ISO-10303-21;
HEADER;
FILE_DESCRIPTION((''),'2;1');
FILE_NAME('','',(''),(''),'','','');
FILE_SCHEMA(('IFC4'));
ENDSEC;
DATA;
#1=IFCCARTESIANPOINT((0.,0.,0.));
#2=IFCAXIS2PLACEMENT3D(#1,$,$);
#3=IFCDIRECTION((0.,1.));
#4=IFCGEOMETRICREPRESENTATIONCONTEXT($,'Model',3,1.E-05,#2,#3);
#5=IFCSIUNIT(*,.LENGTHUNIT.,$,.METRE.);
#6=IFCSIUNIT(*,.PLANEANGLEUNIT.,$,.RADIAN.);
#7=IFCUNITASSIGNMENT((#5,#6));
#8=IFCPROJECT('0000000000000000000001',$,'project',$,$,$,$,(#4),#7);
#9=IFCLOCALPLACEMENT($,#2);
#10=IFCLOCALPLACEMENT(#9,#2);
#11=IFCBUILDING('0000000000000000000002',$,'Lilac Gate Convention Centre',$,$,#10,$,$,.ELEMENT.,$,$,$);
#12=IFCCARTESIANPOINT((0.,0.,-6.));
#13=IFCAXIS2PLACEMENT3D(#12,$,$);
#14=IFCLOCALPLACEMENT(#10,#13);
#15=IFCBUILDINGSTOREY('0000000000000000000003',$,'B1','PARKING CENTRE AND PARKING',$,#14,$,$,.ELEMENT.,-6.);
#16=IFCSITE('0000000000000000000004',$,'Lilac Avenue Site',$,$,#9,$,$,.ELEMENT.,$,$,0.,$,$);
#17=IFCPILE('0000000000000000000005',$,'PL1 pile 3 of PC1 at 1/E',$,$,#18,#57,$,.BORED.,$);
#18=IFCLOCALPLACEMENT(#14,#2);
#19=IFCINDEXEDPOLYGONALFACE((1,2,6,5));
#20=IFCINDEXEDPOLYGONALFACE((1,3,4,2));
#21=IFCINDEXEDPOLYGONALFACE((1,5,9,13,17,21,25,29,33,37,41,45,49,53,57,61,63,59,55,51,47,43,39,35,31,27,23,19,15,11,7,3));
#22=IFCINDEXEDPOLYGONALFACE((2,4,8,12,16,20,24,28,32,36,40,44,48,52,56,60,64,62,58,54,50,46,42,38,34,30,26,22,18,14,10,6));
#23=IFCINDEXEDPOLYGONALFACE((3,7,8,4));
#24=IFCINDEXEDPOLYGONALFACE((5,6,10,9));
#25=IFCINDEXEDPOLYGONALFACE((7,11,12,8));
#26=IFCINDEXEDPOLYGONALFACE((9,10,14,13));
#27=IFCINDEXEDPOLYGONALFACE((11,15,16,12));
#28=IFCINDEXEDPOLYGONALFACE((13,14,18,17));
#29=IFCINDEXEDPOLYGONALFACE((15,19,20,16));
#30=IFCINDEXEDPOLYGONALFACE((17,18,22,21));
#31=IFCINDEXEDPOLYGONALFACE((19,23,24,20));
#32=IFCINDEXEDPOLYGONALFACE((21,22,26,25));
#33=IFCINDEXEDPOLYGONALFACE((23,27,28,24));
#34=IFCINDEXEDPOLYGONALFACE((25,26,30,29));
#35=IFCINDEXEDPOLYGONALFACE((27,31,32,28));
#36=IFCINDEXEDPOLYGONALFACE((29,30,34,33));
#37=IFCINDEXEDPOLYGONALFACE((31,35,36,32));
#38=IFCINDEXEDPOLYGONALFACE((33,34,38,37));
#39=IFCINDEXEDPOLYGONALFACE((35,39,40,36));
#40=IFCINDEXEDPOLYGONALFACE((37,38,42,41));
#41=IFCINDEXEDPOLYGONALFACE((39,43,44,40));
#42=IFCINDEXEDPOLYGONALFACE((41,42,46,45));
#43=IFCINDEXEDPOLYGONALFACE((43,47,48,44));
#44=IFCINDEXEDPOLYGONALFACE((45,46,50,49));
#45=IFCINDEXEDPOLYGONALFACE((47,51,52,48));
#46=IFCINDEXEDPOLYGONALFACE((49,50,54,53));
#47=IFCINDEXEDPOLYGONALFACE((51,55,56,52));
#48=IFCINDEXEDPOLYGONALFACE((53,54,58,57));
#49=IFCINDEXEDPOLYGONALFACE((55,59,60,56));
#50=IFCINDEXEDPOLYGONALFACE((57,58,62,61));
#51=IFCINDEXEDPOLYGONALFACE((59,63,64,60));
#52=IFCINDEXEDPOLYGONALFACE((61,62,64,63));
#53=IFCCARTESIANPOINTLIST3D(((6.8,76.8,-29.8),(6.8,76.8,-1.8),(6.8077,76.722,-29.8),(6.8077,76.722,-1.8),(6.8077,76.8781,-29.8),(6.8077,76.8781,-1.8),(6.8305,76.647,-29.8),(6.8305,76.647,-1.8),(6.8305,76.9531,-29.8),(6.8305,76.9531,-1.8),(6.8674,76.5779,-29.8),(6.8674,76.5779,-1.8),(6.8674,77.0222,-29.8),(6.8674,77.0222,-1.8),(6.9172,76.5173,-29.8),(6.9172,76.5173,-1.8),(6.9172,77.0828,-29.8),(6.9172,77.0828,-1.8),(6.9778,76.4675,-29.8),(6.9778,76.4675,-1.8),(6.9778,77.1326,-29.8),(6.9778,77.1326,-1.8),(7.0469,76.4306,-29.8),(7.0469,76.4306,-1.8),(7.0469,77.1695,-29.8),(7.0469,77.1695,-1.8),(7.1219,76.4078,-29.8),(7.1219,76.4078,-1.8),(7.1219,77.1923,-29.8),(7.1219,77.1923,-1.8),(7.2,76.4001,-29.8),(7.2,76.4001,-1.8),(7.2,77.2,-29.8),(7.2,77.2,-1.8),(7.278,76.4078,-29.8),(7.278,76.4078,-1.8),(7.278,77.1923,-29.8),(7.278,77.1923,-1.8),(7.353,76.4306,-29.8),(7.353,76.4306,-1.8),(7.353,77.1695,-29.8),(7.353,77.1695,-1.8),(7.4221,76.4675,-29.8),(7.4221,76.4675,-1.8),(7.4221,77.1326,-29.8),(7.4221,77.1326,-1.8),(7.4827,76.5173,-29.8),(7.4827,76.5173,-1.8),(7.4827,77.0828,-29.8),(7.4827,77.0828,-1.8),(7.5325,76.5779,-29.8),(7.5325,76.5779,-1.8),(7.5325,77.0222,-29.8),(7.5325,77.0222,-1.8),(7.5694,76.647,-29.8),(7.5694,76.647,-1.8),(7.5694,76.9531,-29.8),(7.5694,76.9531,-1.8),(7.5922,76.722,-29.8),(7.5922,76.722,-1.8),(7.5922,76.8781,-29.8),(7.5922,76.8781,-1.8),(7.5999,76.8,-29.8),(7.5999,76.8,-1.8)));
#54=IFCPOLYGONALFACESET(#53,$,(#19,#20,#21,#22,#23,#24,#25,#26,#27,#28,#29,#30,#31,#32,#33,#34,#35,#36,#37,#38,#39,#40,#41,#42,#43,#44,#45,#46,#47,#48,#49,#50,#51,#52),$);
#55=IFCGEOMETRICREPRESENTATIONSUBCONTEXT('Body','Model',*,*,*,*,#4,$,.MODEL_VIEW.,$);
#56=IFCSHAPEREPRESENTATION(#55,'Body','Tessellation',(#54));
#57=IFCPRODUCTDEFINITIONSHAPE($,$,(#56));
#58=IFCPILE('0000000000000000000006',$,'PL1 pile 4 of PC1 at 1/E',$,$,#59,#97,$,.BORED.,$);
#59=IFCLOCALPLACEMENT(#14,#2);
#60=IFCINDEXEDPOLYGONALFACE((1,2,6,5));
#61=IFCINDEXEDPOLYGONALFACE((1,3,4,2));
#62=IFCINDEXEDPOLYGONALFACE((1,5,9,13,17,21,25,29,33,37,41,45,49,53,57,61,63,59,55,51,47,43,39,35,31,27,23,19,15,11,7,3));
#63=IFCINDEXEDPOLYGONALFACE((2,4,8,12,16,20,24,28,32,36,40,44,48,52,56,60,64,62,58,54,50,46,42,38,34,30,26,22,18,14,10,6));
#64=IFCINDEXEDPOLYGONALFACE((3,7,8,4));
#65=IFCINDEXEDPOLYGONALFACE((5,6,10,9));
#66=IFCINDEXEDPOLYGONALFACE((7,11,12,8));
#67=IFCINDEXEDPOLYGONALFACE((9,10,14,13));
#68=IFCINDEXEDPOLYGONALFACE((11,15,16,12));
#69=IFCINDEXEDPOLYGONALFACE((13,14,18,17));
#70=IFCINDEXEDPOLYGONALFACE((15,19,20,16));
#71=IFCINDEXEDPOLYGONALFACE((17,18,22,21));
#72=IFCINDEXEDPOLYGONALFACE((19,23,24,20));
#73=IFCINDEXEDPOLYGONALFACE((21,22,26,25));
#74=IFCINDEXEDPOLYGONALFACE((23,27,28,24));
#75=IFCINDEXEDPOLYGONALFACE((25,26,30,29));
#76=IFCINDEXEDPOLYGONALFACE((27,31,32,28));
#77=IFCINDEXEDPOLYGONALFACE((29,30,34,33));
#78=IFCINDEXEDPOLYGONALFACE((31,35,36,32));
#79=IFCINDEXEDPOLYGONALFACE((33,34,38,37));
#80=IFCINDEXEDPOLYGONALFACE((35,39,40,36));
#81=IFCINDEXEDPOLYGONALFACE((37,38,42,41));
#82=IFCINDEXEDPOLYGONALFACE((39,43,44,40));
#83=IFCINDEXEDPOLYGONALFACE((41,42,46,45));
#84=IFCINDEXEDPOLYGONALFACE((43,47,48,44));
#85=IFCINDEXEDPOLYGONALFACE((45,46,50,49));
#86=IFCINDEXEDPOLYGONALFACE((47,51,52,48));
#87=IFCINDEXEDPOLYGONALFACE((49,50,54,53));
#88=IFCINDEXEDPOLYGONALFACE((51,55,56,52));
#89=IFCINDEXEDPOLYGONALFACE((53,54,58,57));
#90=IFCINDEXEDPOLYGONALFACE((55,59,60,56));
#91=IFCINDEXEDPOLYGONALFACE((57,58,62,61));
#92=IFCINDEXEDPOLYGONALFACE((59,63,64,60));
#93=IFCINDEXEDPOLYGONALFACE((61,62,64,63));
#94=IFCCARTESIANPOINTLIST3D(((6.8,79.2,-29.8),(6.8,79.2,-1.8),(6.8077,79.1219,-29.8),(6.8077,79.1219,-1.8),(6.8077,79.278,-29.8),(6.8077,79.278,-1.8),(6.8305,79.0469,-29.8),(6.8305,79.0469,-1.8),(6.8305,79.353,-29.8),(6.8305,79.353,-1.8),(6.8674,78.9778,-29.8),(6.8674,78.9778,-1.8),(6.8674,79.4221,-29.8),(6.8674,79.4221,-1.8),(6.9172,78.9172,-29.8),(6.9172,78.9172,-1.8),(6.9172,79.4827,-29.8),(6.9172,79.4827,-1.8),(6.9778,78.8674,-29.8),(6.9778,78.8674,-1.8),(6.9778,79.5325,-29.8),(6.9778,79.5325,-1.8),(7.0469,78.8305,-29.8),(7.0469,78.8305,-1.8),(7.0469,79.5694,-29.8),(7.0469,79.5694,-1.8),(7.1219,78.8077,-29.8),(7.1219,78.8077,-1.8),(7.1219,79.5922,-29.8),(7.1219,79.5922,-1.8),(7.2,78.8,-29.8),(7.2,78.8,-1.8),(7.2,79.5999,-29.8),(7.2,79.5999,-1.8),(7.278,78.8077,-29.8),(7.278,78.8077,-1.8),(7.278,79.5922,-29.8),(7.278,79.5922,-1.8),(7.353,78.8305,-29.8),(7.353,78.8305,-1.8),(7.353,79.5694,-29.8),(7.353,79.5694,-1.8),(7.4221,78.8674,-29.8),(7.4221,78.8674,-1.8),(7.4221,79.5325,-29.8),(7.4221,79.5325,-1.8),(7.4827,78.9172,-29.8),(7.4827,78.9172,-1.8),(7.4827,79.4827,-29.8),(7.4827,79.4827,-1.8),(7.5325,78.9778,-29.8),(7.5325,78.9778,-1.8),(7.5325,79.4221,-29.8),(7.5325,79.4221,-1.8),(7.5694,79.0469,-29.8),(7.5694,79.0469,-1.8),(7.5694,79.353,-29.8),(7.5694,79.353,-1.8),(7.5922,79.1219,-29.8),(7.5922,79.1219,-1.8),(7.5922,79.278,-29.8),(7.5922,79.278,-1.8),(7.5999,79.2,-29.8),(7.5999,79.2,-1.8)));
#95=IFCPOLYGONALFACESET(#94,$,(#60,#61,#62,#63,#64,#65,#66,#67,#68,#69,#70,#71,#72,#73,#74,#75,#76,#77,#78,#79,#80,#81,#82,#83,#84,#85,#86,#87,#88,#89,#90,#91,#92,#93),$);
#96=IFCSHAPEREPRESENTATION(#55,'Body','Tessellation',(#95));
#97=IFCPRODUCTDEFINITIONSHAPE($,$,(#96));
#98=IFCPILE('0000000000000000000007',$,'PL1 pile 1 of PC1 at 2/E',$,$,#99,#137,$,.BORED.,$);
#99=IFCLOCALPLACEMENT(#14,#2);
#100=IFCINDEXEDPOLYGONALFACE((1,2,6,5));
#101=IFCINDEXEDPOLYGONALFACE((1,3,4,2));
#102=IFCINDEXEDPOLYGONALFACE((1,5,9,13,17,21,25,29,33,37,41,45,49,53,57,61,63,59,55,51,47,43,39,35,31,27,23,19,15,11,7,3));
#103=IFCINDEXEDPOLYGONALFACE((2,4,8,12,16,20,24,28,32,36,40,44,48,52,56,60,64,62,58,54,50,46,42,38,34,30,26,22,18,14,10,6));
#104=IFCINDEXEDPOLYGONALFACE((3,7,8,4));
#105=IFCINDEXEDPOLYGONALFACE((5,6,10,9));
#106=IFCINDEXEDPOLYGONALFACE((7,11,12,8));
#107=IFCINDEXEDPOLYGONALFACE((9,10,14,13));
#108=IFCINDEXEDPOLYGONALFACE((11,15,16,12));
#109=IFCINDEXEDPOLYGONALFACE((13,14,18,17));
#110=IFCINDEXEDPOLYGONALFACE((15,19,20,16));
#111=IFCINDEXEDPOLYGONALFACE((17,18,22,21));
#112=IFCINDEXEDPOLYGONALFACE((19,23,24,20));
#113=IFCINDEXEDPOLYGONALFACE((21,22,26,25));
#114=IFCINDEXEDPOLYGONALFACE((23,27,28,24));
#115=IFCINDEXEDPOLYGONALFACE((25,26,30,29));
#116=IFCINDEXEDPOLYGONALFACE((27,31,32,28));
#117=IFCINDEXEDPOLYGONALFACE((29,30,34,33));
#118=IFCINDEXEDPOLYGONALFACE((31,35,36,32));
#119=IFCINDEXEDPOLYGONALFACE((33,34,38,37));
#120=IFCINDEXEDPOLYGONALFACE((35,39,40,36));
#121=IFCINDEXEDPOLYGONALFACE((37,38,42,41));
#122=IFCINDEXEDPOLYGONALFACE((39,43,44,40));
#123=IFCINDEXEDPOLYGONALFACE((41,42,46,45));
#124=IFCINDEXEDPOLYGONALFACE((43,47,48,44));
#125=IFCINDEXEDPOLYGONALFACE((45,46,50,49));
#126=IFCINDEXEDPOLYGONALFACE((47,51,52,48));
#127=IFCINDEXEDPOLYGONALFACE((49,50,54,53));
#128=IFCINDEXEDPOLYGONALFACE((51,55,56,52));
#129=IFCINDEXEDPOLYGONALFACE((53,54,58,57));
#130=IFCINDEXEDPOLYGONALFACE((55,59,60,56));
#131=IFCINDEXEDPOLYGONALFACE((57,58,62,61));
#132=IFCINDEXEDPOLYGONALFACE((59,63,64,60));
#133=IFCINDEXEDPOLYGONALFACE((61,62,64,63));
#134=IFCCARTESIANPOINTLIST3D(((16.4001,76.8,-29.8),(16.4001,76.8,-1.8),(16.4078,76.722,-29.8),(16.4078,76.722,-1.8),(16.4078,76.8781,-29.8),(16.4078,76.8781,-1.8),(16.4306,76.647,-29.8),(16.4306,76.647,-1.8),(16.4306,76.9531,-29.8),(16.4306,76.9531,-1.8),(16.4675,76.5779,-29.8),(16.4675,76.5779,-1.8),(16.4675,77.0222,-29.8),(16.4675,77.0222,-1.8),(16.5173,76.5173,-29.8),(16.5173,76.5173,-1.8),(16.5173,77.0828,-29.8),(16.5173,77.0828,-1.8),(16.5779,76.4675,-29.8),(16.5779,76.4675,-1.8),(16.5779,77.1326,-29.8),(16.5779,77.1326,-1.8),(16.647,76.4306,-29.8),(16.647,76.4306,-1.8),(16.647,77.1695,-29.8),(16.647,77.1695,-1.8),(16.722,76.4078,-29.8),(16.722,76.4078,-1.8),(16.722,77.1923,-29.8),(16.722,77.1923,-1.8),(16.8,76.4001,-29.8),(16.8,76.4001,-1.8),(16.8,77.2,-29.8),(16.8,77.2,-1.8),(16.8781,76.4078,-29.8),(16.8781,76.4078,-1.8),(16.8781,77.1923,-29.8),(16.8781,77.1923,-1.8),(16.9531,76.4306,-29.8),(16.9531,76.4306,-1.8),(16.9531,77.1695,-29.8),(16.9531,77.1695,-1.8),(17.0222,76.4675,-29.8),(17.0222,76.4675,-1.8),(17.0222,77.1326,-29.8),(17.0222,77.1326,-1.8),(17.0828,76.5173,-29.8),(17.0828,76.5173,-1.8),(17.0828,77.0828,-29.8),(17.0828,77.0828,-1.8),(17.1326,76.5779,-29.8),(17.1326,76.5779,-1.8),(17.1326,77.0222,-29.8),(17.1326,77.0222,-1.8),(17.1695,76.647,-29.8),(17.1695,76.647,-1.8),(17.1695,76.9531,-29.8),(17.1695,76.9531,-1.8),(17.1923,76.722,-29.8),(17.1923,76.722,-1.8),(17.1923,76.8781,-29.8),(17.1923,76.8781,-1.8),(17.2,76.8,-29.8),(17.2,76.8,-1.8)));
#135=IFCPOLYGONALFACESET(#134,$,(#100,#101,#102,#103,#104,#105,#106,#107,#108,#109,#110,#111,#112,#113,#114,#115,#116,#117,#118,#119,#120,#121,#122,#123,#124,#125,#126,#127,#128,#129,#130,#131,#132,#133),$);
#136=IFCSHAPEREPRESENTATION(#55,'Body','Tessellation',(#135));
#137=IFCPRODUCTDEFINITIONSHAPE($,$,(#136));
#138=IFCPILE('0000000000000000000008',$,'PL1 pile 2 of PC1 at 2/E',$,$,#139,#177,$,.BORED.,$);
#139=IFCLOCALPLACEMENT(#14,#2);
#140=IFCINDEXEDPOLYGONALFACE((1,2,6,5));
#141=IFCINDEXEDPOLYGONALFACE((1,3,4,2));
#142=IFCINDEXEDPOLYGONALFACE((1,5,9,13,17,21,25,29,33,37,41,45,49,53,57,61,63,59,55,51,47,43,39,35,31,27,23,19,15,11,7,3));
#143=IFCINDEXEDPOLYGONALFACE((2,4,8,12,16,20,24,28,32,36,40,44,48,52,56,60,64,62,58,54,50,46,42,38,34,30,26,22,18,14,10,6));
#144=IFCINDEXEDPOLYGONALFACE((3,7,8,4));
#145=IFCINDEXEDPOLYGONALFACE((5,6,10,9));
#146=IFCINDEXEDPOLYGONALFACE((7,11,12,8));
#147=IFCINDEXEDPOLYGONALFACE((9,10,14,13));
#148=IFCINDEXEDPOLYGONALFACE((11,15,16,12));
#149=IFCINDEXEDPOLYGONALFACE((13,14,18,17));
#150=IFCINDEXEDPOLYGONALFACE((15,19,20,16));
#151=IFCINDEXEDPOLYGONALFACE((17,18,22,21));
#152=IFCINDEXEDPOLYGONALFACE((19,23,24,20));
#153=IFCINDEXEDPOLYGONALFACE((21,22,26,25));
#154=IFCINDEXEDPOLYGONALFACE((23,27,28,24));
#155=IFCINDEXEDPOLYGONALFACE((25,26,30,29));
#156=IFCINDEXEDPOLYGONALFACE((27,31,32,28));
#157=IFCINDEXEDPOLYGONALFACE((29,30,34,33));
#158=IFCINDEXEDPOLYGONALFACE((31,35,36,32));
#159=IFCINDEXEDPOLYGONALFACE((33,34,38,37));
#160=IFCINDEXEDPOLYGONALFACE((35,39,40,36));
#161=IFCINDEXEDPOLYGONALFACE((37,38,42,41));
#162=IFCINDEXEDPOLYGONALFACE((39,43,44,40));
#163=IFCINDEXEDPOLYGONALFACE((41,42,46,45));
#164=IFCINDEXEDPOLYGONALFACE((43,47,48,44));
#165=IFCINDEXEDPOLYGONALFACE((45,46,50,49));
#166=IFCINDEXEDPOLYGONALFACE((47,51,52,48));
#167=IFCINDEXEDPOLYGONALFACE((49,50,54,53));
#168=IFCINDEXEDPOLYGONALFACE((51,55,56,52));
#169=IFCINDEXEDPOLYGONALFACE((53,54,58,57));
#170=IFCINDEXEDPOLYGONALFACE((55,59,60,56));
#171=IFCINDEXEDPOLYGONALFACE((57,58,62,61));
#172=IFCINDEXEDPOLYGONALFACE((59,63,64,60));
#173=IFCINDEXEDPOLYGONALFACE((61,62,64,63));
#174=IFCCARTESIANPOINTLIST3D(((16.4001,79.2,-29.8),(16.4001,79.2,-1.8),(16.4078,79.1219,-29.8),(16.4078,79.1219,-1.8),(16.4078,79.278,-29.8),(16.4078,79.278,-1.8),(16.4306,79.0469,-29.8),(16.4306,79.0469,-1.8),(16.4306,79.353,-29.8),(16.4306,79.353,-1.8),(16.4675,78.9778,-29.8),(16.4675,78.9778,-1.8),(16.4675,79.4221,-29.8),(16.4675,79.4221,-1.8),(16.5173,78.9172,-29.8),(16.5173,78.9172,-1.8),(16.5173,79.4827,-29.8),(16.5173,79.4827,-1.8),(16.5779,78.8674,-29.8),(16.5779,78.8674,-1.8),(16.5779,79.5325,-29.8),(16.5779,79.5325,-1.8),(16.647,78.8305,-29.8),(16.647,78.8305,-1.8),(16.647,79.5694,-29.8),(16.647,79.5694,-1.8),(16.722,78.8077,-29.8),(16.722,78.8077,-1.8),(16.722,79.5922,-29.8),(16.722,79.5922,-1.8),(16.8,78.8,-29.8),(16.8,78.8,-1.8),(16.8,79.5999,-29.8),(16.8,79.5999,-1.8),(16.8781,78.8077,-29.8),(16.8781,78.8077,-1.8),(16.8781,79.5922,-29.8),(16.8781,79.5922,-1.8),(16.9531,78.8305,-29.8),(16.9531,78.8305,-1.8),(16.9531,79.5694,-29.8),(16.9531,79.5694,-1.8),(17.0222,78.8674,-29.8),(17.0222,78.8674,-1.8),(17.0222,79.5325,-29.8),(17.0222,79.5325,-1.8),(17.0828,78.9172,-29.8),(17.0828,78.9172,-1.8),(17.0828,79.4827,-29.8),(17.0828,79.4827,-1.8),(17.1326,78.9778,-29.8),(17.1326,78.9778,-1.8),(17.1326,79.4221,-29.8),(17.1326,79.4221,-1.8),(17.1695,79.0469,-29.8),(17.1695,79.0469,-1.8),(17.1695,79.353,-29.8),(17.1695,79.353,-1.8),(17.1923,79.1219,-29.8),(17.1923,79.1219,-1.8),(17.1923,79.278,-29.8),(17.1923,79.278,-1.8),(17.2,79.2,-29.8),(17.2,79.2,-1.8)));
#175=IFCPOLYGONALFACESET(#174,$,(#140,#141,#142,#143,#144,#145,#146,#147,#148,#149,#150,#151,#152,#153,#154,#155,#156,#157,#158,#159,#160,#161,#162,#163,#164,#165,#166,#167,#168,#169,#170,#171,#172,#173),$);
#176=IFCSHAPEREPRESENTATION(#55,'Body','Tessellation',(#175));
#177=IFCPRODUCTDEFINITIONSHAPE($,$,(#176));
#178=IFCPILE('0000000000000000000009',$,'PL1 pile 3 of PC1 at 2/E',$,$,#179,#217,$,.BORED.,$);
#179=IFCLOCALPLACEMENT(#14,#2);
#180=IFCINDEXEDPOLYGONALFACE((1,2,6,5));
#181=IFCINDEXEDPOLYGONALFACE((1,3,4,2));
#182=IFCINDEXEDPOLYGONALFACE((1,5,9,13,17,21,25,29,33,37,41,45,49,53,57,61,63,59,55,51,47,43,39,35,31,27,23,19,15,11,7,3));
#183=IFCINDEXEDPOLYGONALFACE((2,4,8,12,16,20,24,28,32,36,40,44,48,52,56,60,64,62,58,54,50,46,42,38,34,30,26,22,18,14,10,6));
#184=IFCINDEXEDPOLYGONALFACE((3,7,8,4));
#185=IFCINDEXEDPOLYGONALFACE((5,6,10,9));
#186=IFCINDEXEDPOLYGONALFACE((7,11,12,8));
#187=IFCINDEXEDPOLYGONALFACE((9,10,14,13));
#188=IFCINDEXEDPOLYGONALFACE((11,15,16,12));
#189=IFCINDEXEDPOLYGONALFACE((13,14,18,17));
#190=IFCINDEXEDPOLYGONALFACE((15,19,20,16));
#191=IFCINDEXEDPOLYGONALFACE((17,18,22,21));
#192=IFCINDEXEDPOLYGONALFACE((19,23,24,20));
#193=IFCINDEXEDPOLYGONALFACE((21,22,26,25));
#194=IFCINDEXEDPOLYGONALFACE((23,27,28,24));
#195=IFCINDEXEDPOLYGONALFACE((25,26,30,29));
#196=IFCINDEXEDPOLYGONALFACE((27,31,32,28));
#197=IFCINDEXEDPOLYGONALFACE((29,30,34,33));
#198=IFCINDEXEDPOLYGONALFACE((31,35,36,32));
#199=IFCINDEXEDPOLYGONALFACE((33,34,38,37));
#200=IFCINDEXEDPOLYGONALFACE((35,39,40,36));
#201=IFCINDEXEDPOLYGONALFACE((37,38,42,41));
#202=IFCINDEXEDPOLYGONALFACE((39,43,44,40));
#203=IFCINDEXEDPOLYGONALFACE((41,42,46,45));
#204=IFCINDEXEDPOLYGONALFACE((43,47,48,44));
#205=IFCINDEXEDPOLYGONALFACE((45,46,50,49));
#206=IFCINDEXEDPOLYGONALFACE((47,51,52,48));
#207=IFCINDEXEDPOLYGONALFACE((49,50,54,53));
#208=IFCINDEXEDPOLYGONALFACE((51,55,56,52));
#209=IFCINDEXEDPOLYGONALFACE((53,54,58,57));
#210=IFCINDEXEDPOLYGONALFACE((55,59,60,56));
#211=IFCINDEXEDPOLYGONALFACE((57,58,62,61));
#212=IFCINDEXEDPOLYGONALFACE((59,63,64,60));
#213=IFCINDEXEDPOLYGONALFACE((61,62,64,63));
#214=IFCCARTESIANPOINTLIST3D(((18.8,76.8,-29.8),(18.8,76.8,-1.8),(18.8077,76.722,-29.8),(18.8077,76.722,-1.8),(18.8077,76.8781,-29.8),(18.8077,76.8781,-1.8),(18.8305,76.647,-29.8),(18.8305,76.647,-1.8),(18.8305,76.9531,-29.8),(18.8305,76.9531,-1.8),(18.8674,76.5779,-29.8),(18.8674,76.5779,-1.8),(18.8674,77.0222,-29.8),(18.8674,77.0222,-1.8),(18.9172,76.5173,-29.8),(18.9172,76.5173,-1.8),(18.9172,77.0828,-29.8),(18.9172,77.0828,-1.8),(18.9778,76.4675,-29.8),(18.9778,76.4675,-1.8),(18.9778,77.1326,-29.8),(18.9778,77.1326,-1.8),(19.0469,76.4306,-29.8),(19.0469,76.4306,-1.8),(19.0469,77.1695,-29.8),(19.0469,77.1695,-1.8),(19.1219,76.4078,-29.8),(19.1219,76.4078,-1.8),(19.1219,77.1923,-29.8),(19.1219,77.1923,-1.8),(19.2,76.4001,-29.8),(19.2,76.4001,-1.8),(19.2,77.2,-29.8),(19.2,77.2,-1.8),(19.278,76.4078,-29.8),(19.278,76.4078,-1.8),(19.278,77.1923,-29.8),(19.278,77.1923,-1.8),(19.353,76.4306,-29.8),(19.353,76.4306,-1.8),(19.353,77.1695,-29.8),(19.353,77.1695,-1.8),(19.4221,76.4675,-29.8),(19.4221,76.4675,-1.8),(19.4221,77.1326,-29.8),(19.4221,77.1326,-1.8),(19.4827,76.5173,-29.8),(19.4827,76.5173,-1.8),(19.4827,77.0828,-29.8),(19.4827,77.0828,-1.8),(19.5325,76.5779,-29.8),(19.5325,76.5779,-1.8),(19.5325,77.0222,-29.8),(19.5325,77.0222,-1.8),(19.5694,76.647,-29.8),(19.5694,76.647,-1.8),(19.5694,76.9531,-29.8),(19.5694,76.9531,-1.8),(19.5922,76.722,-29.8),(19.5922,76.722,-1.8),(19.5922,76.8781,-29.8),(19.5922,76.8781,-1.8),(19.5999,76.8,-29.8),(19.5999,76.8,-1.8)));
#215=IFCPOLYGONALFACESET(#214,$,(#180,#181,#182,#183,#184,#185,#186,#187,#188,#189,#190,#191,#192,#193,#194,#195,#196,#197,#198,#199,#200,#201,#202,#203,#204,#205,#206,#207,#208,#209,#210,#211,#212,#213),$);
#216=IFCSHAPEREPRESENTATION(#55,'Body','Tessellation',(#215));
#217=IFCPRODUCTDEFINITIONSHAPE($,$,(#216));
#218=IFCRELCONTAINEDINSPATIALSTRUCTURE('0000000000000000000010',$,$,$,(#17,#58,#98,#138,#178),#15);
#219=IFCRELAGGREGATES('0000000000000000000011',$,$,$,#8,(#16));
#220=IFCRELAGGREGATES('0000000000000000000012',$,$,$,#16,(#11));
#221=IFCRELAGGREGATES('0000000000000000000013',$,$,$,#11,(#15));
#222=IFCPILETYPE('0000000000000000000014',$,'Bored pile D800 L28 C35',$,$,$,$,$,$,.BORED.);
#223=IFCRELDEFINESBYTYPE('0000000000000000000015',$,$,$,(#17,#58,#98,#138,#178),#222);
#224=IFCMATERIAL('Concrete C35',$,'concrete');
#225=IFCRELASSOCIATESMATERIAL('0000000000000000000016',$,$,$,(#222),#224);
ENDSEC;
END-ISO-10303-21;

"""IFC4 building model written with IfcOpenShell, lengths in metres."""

from ifc_helpers import new_model, si_unit, direction, frame, origin, origin_2d, place, context, subcontext, project, spatial, circle, extrude, material, material_profile, profile_set, type_object, element, save


model = new_model("IFC4")

# Units and contexts
model_context = context("Model", 3, precision=1e-05, world=origin(), true_north=direction((0.0, 1.0)))
body_context = subcontext(model_context, "Body", "Model", "MODEL_VIEW")
ifc_project = project(units=[si_unit("LENGTHUNIT", "METRE"), si_unit("PLANEANGLEUNIT", "RADIAN")], contexts=[model_context])

# Site, building, storey
site_placement = place(None, origin())
site = spatial("IfcSite", under=ifc_project, at=site_placement, Name="Lilac Avenue Site", CompositionType="ELEMENT", RefElevation=0.0)
building_placement = place(site_placement, origin())
building = spatial("IfcBuilding", under=site, at=building_placement, Name="Lilac Gate Convention Centre", CompositionType="ELEMENT")
storey_placement = place(building_placement, frame((0.0, 0.0, -6.0)))
storey = spatial("IfcBuildingStorey", under=building, at=storey_placement, Name="B1", Description="PARKING CENTRE AND PARKING", CompositionType="ELEMENT", Elevation=-6.0)

# Piles
ifc_material_1 = material(Name="Concrete C35", Category="concrete")
ifc_material_profile_1 = material_profile(ifc_material_1, circle(Radius=0.3999, at=origin_2d()), Name="D800")
ifc_profile_set_1 = profile_set([ifc_material_profile_1], Name="Concrete C35")
pile_type = type_object("IfcPileType", Name="Bored pile D800 L28 C35", PredefinedType="BORED", material=ifc_profile_set_1)
for number, where, z_axis, x_axis, name in (
    (1, (7.2, 76.8, -1.8), (0.0, 0.0, -1.0), (1.0, 0.0, 0.0), "PL1 pile 3 of PC1 at 1/E"),
    (2, (7.2, 79.2, -1.8), (0.0, 0.0, -1.0), (1.0, 0.0, 0.0), "PL1 pile 4 of PC1 at 1/E"),
    (3, (16.8, 76.8, -1.8), (0.0, 0.0, -1.0), (1.0, 0.0, 0.0), "PL1 pile 1 of PC1 at 2/E"),
    (4, (16.8, 79.2, -1.8), (0.0, 0.0, -1.0), (1.0, 0.0, 0.0), "PL1 pile 2 of PC1 at 2/E"),
    (5, (19.2, 76.8, -1.8), (0.0, 0.0, -1.0), (1.0, 0.0, 0.0), "PL1 pile 3 of PC1 at 2/E"),
):
    element("IfcPile", number, at=place(storey_placement, frame(where, z_axis=z_axis, x_axis=x_axis)), inside=storey, type_object=pile_type, Name=name, PredefinedType="BORED", context=body_context, shape_type="SweptSolid", body=[
        extrude(circle(Radius=0.3999, at=origin_2d()), origin(), (0.0, 0.0, 1.0), 28.0),
    ])

save(model, "model.ifc")
